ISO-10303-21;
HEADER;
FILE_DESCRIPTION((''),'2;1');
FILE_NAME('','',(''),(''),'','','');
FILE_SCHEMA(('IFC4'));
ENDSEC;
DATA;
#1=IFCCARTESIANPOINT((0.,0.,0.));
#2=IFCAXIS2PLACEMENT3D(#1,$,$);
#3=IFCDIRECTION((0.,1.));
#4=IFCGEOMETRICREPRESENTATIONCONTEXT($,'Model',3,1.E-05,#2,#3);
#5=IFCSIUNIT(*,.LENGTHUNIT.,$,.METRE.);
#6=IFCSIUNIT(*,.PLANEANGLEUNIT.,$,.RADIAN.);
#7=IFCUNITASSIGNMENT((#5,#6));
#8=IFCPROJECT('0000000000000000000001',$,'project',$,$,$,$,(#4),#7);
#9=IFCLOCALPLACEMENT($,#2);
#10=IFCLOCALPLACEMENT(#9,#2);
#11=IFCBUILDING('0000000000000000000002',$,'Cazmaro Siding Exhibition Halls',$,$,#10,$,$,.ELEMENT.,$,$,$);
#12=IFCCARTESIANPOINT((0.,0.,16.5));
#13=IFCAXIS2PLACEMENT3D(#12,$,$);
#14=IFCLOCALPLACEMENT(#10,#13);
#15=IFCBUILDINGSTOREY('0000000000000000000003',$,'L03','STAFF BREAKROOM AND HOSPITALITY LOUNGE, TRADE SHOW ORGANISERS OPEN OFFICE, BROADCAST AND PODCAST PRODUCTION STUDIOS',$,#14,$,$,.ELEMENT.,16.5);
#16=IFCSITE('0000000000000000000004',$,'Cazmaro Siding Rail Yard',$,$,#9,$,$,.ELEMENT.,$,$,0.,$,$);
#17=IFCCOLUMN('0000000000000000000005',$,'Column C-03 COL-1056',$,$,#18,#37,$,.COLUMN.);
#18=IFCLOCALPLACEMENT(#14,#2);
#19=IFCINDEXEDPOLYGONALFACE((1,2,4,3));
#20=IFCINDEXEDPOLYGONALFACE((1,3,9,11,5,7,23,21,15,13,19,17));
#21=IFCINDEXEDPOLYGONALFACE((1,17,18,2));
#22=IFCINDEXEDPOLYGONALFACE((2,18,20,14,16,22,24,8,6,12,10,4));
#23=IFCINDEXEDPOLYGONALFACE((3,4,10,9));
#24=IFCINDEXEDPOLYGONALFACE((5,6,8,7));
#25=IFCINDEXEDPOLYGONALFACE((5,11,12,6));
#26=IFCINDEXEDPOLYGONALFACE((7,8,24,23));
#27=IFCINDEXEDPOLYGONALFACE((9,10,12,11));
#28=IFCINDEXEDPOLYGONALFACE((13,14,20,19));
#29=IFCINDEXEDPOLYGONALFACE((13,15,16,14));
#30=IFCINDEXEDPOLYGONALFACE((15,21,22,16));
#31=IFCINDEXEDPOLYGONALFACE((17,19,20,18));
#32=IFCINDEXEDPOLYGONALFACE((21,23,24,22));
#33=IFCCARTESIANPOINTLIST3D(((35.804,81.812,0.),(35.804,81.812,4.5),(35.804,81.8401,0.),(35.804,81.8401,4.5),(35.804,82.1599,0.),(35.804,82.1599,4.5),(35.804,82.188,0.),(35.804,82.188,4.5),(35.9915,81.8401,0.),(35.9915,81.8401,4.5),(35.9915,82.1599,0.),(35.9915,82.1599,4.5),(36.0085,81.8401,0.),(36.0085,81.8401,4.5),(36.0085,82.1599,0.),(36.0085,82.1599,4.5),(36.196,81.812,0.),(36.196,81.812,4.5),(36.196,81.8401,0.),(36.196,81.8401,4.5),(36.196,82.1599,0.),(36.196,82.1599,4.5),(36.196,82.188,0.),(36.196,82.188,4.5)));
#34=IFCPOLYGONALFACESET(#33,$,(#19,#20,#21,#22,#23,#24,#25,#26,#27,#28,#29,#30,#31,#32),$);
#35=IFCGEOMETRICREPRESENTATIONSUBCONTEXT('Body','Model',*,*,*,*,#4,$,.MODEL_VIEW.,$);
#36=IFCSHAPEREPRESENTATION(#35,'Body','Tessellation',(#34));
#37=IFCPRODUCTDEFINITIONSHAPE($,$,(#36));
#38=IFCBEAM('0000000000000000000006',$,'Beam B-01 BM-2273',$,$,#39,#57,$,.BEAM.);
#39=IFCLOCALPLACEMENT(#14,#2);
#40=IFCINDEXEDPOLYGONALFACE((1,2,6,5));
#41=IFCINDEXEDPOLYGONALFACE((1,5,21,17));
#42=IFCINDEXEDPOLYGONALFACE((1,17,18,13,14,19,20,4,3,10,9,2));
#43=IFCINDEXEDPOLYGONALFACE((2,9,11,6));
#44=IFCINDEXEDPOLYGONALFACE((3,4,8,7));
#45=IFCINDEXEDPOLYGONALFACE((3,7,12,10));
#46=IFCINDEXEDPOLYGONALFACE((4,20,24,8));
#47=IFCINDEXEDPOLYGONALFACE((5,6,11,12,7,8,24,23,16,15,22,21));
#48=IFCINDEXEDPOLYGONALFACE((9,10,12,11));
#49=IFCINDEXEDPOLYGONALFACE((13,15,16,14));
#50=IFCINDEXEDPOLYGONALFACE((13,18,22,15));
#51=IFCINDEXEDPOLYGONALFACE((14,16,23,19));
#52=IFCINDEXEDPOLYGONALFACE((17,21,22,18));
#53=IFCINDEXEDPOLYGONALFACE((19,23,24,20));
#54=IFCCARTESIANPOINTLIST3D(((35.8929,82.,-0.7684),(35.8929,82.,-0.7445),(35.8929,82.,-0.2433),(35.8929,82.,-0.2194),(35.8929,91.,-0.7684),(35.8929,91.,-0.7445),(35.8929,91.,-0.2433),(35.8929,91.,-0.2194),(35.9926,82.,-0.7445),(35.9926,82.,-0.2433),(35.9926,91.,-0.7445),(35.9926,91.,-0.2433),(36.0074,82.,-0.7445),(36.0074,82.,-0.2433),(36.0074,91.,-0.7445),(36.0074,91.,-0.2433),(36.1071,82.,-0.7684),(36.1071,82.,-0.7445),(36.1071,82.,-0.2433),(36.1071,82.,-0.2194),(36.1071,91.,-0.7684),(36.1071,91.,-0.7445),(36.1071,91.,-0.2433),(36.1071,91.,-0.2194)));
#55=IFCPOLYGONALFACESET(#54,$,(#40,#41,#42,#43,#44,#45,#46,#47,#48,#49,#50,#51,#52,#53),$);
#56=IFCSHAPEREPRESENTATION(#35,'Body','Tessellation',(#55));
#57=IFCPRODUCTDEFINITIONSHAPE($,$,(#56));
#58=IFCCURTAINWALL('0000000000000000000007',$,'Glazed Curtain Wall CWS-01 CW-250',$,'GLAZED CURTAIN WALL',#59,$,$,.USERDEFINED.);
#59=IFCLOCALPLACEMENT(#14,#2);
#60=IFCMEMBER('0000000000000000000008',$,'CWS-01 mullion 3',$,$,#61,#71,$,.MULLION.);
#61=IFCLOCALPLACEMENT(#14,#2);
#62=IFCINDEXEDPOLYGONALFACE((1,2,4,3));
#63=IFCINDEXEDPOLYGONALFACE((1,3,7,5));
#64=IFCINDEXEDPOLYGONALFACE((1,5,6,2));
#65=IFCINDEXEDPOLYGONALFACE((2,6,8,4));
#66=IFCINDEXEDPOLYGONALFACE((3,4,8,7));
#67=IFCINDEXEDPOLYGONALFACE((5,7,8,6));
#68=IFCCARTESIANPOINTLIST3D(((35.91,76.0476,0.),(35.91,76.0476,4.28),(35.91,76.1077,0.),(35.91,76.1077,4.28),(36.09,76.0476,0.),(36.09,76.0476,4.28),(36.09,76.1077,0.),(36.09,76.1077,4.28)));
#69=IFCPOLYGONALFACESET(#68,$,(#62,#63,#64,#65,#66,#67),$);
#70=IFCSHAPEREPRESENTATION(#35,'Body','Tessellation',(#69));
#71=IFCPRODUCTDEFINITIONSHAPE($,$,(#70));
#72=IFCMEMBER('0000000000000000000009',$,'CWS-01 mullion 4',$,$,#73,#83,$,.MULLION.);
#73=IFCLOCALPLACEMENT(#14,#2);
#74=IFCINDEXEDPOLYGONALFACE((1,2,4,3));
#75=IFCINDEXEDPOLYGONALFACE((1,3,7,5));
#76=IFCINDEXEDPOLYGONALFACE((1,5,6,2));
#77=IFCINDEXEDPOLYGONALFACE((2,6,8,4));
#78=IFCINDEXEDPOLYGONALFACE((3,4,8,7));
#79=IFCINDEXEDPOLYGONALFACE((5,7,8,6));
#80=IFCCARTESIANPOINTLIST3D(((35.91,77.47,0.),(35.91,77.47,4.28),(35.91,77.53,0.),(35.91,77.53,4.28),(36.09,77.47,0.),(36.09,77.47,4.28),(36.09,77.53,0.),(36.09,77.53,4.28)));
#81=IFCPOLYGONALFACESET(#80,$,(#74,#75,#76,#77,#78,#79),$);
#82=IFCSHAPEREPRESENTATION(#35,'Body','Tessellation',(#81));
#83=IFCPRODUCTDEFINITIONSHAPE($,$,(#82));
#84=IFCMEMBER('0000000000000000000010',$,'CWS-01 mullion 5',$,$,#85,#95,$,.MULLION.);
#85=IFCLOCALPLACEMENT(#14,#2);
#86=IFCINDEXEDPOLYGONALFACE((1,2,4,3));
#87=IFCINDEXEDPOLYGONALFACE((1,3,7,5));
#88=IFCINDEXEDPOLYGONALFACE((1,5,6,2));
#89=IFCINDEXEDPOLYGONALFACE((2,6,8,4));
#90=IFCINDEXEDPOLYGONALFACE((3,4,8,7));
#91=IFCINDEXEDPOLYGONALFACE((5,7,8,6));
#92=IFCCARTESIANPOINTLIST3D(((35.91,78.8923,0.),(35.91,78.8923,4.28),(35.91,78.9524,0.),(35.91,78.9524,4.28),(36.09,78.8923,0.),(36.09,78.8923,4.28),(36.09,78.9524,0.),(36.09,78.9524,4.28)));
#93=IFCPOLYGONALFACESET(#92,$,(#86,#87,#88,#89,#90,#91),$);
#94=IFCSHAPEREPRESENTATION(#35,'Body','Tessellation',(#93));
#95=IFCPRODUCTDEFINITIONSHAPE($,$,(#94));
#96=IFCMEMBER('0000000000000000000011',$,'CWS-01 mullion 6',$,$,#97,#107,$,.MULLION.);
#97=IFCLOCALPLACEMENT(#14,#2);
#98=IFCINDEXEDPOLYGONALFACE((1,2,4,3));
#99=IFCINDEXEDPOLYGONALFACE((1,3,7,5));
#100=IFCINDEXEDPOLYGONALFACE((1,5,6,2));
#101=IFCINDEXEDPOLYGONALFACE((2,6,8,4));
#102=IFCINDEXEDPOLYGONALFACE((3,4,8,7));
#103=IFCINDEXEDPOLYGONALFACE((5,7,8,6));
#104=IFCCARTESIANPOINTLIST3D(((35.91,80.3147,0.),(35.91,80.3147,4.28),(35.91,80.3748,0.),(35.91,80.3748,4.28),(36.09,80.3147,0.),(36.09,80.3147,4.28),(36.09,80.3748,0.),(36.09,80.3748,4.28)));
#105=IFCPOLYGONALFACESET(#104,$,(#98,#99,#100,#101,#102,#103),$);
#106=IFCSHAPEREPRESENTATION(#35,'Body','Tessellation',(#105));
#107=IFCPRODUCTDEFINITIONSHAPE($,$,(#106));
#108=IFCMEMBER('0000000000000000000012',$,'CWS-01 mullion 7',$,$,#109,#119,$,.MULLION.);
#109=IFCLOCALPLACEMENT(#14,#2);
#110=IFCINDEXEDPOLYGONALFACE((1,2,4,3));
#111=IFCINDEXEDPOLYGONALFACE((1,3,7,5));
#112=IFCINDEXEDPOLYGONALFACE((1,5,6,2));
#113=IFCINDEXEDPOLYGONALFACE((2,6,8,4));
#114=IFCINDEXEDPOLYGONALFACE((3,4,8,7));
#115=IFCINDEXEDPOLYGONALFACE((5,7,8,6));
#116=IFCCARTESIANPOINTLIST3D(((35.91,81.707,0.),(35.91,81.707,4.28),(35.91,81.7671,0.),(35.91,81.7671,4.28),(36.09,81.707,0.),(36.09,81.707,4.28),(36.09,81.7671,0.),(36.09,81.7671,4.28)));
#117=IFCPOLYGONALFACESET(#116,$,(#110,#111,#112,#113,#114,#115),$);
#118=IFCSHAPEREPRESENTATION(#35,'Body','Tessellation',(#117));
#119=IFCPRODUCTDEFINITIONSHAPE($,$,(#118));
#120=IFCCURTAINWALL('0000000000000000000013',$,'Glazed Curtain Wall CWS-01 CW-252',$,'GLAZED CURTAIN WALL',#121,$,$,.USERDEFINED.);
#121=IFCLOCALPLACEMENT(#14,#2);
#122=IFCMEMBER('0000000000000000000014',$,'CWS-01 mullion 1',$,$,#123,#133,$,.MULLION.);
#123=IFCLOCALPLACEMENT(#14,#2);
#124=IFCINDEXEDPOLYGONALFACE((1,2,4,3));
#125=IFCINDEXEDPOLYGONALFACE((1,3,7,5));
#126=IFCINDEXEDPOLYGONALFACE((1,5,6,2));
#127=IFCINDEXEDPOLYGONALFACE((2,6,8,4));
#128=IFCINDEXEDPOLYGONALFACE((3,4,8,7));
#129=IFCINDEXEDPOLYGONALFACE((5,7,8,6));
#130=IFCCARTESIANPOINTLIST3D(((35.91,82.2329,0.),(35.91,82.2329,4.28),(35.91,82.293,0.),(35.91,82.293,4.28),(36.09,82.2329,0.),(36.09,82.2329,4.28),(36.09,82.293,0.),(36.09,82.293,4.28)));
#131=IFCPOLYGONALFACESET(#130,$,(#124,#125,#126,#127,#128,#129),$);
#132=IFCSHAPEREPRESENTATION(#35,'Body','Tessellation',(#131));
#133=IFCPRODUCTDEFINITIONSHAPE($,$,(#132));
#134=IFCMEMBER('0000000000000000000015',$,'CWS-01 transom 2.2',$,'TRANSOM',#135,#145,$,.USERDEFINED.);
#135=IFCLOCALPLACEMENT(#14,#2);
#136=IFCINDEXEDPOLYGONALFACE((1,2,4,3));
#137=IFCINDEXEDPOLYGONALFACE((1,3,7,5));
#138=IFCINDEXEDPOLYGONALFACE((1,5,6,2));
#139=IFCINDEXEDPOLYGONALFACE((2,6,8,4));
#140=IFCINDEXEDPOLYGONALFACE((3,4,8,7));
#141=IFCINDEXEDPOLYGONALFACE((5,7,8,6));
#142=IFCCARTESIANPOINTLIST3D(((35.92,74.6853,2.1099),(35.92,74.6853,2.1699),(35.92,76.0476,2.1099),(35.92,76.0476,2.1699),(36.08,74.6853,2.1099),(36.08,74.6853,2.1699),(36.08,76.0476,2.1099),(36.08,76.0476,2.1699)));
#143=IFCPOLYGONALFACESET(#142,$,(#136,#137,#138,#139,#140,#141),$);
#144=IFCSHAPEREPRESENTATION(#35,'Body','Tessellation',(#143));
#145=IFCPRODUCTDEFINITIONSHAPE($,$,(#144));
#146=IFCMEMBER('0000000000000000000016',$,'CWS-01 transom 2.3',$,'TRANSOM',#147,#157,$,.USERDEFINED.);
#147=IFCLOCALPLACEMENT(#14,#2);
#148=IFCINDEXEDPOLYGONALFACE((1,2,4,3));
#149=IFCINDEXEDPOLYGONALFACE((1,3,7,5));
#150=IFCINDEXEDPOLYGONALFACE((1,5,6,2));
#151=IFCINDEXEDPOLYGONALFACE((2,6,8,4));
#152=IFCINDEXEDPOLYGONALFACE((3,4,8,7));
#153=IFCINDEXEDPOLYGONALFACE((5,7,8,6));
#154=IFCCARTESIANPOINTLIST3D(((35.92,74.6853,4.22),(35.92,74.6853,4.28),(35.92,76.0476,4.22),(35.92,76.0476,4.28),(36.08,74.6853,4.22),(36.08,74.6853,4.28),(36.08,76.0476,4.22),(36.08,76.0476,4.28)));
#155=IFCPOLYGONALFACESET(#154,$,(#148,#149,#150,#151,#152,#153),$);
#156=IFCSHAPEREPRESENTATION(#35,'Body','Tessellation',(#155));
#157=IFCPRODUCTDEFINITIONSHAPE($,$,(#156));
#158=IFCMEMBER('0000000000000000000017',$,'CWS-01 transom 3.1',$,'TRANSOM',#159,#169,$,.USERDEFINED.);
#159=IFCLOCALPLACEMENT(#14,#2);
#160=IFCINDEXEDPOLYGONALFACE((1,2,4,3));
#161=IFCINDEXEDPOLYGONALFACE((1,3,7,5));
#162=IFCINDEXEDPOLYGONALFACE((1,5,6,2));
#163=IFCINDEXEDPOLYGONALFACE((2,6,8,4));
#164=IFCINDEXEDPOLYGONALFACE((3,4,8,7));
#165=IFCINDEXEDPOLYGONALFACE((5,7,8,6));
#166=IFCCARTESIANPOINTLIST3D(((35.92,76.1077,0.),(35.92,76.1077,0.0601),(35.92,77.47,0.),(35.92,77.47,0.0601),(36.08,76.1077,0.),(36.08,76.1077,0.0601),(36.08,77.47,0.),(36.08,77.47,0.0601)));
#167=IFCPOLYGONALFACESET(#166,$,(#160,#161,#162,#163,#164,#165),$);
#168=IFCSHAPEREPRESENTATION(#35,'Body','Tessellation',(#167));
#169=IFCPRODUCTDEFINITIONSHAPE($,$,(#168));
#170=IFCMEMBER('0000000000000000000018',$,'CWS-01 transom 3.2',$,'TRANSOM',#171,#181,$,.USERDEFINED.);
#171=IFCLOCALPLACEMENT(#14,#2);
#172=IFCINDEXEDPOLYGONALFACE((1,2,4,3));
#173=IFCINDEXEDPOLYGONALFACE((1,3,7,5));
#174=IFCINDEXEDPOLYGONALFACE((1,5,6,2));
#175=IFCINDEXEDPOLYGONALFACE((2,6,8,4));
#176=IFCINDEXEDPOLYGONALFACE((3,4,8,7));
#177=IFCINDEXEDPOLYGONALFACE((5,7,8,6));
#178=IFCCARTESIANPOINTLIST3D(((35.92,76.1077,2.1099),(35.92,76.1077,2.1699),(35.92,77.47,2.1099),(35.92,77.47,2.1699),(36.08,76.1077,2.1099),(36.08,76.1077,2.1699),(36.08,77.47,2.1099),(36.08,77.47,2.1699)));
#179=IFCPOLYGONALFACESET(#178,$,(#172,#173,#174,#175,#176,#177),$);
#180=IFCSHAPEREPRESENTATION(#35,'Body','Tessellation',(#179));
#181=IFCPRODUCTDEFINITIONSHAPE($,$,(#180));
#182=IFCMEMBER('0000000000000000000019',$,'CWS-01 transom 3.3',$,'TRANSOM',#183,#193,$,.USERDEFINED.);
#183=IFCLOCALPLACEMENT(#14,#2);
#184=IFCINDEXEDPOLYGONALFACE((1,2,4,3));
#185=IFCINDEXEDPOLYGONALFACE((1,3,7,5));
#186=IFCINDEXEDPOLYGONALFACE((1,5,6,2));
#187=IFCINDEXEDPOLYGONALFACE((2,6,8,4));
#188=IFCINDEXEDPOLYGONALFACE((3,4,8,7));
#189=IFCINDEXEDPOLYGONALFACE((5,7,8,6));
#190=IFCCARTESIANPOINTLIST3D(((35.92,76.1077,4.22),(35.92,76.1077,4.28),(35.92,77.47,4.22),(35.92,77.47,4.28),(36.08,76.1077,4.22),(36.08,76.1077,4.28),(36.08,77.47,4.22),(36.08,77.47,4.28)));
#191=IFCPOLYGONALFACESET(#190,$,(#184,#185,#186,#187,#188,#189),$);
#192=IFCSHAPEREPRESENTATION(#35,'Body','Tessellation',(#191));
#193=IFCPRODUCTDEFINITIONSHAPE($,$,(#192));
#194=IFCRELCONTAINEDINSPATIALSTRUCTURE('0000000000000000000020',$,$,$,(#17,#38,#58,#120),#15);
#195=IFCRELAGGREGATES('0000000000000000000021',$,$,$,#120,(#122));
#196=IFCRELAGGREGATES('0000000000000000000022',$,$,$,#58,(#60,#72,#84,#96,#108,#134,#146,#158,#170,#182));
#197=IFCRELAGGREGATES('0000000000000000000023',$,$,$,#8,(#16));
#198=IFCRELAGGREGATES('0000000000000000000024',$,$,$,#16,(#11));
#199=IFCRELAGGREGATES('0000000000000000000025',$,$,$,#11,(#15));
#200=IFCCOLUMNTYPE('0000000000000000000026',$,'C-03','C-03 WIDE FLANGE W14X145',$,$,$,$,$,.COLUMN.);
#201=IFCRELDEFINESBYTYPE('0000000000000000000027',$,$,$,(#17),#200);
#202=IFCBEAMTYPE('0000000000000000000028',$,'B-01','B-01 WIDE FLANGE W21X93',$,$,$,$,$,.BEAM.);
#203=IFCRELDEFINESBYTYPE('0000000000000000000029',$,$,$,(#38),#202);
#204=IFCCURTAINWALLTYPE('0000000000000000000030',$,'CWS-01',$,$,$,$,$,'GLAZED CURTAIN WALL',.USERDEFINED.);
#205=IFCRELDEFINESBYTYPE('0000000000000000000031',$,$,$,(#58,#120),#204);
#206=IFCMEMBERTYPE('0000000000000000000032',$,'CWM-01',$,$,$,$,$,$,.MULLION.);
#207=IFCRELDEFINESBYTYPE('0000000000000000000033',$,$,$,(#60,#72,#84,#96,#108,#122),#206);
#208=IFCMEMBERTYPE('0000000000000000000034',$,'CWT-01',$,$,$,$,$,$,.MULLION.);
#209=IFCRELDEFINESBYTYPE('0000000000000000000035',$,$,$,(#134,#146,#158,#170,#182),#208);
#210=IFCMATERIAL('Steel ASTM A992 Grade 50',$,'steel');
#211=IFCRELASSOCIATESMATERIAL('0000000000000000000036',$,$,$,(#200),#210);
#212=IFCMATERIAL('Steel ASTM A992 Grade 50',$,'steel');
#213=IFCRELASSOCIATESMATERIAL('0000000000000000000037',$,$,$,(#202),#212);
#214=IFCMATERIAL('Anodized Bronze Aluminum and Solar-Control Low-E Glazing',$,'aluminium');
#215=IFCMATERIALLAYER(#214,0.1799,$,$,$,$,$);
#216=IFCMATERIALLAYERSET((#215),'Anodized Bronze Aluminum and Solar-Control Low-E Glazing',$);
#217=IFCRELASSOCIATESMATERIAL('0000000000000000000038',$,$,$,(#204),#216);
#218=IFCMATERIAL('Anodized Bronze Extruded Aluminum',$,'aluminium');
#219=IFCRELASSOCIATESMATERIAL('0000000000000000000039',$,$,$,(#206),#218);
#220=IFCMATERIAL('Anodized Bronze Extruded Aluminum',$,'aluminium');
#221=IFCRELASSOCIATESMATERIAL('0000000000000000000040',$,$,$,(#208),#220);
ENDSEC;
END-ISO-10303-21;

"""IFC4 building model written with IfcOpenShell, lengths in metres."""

from ifc_helpers import new_model, si_unit, direction, frame, origin, origin_2d, place, context, subcontext, project, spatial, rectangle, i_section, extrude, material, layer, layer_set, material_profile, profile_set, type_object, element, aggregate, save


model = new_model("IFC4")

# Units and contexts
model_context = context("Model", 3, precision=1e-05, world=origin(), true_north=direction((0.0, 1.0)))
body_context = subcontext(model_context, "Body", "Model", "MODEL_VIEW")
ifc_project = project(units=[si_unit("LENGTHUNIT", "METRE"), si_unit("PLANEANGLEUNIT", "RADIAN")], contexts=[model_context])

# Site, building, storey
site_placement = place(None, origin())
site = spatial("IfcSite", under=ifc_project, at=site_placement, Name="Cazmaro Siding Rail Yard", CompositionType="ELEMENT", RefElevation=0.0)
building_placement = place(site_placement, origin())
building = spatial("IfcBuilding", under=site, at=building_placement, Name="Cazmaro Siding Exhibition Halls", CompositionType="ELEMENT")
storey_placement = place(building_placement, frame((0.0, 0.0, 16.5)))
storey = spatial("IfcBuildingStorey", under=building, at=storey_placement, Name="L03", Description="STAFF BREAKROOM AND HOSPITALITY LOUNGE, TRADE SHOW ORGANISERS OPEN OFFICE, BROADCAST AND PODCAST PRODUCTION STUDIOS", CompositionType="ELEMENT", Elevation=16.5)

# Column
ifc_material_1 = material(Name="Steel ASTM A992 Grade 50", Category="steel")
ifc_material_profile_1 = material_profile(ifc_material_1, i_section(OverallWidth=0.3921, OverallDepth=0.376, WebThickness=0.0171, FlangeThickness=0.0281, at=origin_2d()), Name="W14X145")
ifc_profile_set_1 = profile_set([ifc_material_profile_1], Name="Steel ASTM A992 Grade 50")
column_type = type_object("IfcColumnType", Name="C-03", Description="C-03 WIDE FLANGE W14X145", PredefinedType="COLUMN", material=ifc_profile_set_1)
column_placement = place(storey_placement, frame((36.0, 82.0, 0.0), z_axis=(0.0, 0.0, 1.0), x_axis=(1.0, 0.0, 0.0)))
element("IfcColumn", 1, at=column_placement, inside=storey, type_object=column_type, Name="Column C-03 COL-1056", PredefinedType="COLUMN", context=body_context, shape_type="SweptSolid", body=[
    extrude(i_section(OverallWidth=0.3921, OverallDepth=0.376, WebThickness=0.0171, FlangeThickness=0.0281, at=origin_2d()), origin(), (0.0, 0.0, 1.0), 4.5),
])

# Beam
ifc_material_2 = material(Name="Steel ASTM A992 Grade 50", Category="steel")
ifc_material_profile_2 = material_profile(ifc_material_2, i_section(OverallWidth=0.2141, OverallDepth=0.5491, WebThickness=0.0149, FlangeThickness=0.0239, at=origin_2d()), Name="W21X93")
ifc_profile_set_2 = profile_set([ifc_material_profile_2], Name="Steel ASTM A992 Grade 50")
beam_type = type_object("IfcBeamType", Name="B-01", Description="B-01 WIDE FLANGE W21X93", PredefinedType="BEAM", material=ifc_profile_set_2)
beam_placement = place(storey_placement, frame((36.0, 82.0, -0.4939), z_axis=(0.0, 1.0, 0.0), x_axis=(-1.0, 0.0, 0.0)))
element("IfcBeam", 2, at=beam_placement, inside=storey, type_object=beam_type, Name="Beam B-01 BM-2273", PredefinedType="BEAM", context=body_context, shape_type="SweptSolid", body=[
    extrude(i_section(OverallWidth=0.2141, OverallDepth=0.5491, WebThickness=0.0149, FlangeThickness=0.0239, at=origin_2d()), origin(), (0.0, 0.0, 1.0), 9.0),
])

# Curtain wall, members
ifc_material_3 = material(Name="Anodized Bronze Aluminum and Solar-Control Low-E Glazing", Category="aluminium")
ifc_layer_1 = layer(ifc_material_3, 0.1799)
ifc_layer_set_1 = layer_set([ifc_layer_1], Name="Anodized Bronze Aluminum and Solar-Control Low-E Glazing")
curtain_wall_type = type_object("IfcCurtainWallType", Name="CWS-01", ElementType="GLAZED CURTAIN WALL", PredefinedType="USERDEFINED", material=ifc_layer_set_1)
curtain_wall_1_placement = place(storey_placement, origin())
curtain_wall_1 = element("IfcCurtainWall", 3, at=curtain_wall_1_placement, inside=storey, type_object=curtain_wall_type, Name="Glazed Curtain Wall CWS-01 CW-250", ObjectType="GLAZED CURTAIN WALL", PredefinedType="USERDEFINED")
ifc_material_4 = material(Name="Anodized Bronze Extruded Aluminum", Category="aluminium")
ifc_material_profile_3 = material_profile(ifc_material_4, rectangle(XDim=0.1799, YDim=0.0601, at=origin_2d()), Name="CWM-01")
ifc_profile_set_3 = profile_set([ifc_material_profile_3], Name="Anodized Bronze Extruded Aluminum")
member_type_1 = type_object("IfcMemberType", Name="CWM-01", PredefinedType="MULLION", material=ifc_profile_set_3)
member_1_placement = place(storey_placement, frame((36.0, 76.0776, 0.0), z_axis=(0.0, 0.0, 1.0), x_axis=(-1.0, 0.0, 0.0)))
member_1 = element("IfcMember", 4, at=member_1_placement, type_object=member_type_1, Name="CWS-01 mullion 3", PredefinedType="MULLION", context=body_context, shape_type="SweptSolid", body=[
    extrude(rectangle(XDim=0.1799, YDim=0.0601, at=origin_2d()), origin(), (0.0, 0.0, 1.0), 4.28),
])
member_2_placement = place(storey_placement, frame((36.0, 77.5, 0.0), z_axis=(0.0, 0.0, 1.0), x_axis=(-1.0, 0.0, 0.0)))
member_2 = element("IfcMember", 5, at=member_2_placement, type_object=member_type_1, Name="CWS-01 mullion 4", PredefinedType="MULLION", context=body_context, shape_type="SweptSolid", body=[
    extrude(rectangle(XDim=0.1799, YDim=0.0601, at=origin_2d()), origin(), (0.0, 0.0, 1.0), 4.28),
])
member_3_placement = place(storey_placement, frame((36.0, 78.9224, 0.0), z_axis=(0.0, 0.0, 1.0), x_axis=(-1.0, 0.0, 0.0)))
member_3 = element("IfcMember", 6, at=member_3_placement, type_object=member_type_1, Name="CWS-01 mullion 5", PredefinedType="MULLION", context=body_context, shape_type="SweptSolid", body=[
    extrude(rectangle(XDim=0.1799, YDim=0.0601, at=origin_2d()), origin(), (0.0, 0.0, 1.0), 4.28),
])
member_4_placement = place(storey_placement, frame((36.0, 80.3447, 0.0), z_axis=(0.0, 0.0, 1.0), x_axis=(-1.0, 0.0, 0.0)))
member_4 = element("IfcMember", 7, at=member_4_placement, type_object=member_type_1, Name="CWS-01 mullion 6", PredefinedType="MULLION", context=body_context, shape_type="SweptSolid", body=[
    extrude(rectangle(XDim=0.1799, YDim=0.0601, at=origin_2d()), origin(), (0.0, 0.0, 1.0), 4.28),
])
member_5_placement = place(storey_placement, frame((36.0, 81.7371, 0.0), z_axis=(0.0, 0.0, 1.0), x_axis=(-1.0, 0.0, 0.0)))
member_5 = element("IfcMember", 8, at=member_5_placement, type_object=member_type_1, Name="CWS-01 mullion 7", PredefinedType="MULLION", context=body_context, shape_type="SweptSolid", body=[
    extrude(rectangle(XDim=0.1799, YDim=0.0601, at=origin_2d()), origin(), (0.0, 0.0, 1.0), 4.28),
])

# Curtain wall, member
curtain_wall_2_placement = place(storey_placement, origin())
curtain_wall_2 = element("IfcCurtainWall", 9, at=curtain_wall_2_placement, inside=storey, type_object=curtain_wall_type, Name="Glazed Curtain Wall CWS-01 CW-252", ObjectType="GLAZED CURTAIN WALL", PredefinedType="USERDEFINED")
member_6_placement = place(storey_placement, frame((36.0, 82.2629, 0.0), z_axis=(0.0, 0.0, 1.0), x_axis=(-1.0, 0.0, 0.0)))
member_6 = element("IfcMember", 10, at=member_6_placement, type_object=member_type_1, Name="CWS-01 mullion 1", PredefinedType="MULLION", context=body_context, shape_type="SweptSolid", body=[
    extrude(rectangle(XDim=0.1799, YDim=0.0601, at=origin_2d()), origin(), (0.0, 0.0, 1.0), 4.28),
])

# Members
ifc_material_5 = material(Name="Anodized Bronze Extruded Aluminum", Category="aluminium")
ifc_material_profile_4 = material_profile(ifc_material_5, rectangle(XDim=0.1599, YDim=0.0601, at=origin_2d()), Name="CWT-01")
ifc_profile_set_4 = profile_set([ifc_material_profile_4], Name="Anodized Bronze Extruded Aluminum")
member_type_2 = type_object("IfcMemberType", Name="CWT-01", PredefinedType="MULLION", material=ifc_profile_set_4)
member_7_placement = place(storey_placement, frame((36.0, 74.6853, 2.1399), z_axis=(0.0, 1.0, 0.0), x_axis=(-1.0, 0.0, 0.0)))
member_7 = element("IfcMember", 11, at=member_7_placement, type_object=member_type_2, Name="CWS-01 transom 2.2", ObjectType="TRANSOM", PredefinedType="USERDEFINED", context=body_context, shape_type="SweptSolid", body=[
    extrude(rectangle(XDim=0.1599, YDim=0.0601, at=origin_2d()), origin(), (0.0, 0.0, 1.0), 1.3623),
])
member_8_placement = place(storey_placement, frame((36.0, 74.6853, 4.25), z_axis=(0.0, 1.0, 0.0), x_axis=(-1.0, 0.0, 0.0)))
member_8 = element("IfcMember", 12, at=member_8_placement, type_object=member_type_2, Name="CWS-01 transom 2.3", ObjectType="TRANSOM", PredefinedType="USERDEFINED", context=body_context, shape_type="SweptSolid", body=[
    extrude(rectangle(XDim=0.1599, YDim=0.0601, at=origin_2d()), origin(), (0.0, 0.0, 1.0), 1.3623),
])
member_9_placement = place(storey_placement, frame((36.0, 76.1077, 0.03), z_axis=(0.0, 1.0, 0.0), x_axis=(-1.0, 0.0, 0.0)))
member_9 = element("IfcMember", 13, at=member_9_placement, type_object=member_type_2, Name="CWS-01 transom 3.1", ObjectType="TRANSOM", PredefinedType="USERDEFINED", context=body_context, shape_type="SweptSolid", body=[
    extrude(rectangle(XDim=0.1599, YDim=0.0601, at=origin_2d()), origin(), (0.0, 0.0, 1.0), 1.3623),
])
member_10_placement = place(storey_placement, frame((36.0, 76.1077, 2.1399), z_axis=(0.0, 1.0, 0.0), x_axis=(-1.0, 0.0, 0.0)))
member_10 = element("IfcMember", 14, at=member_10_placement, type_object=member_type_2, Name="CWS-01 transom 3.2", ObjectType="TRANSOM", PredefinedType="USERDEFINED", context=body_context, shape_type="SweptSolid", body=[
    extrude(rectangle(XDim=0.1599, YDim=0.0601, at=origin_2d()), origin(), (0.0, 0.0, 1.0), 1.3623),
])
member_11_placement = place(storey_placement, frame((36.0, 76.1077, 4.25), z_axis=(0.0, 1.0, 0.0), x_axis=(-1.0, 0.0, 0.0)))
member_11 = element("IfcMember", 15, at=member_11_placement, type_object=member_type_2, Name="CWS-01 transom 3.3", ObjectType="TRANSOM", PredefinedType="USERDEFINED", context=body_context, shape_type="SweptSolid", body=[
    extrude(rectangle(XDim=0.1599, YDim=0.0601, at=origin_2d()), origin(), (0.0, 0.0, 1.0), 1.3623),
])
aggregate(curtain_wall_2, [member_6])

aggregate(curtain_wall_1, [member_1, member_2, member_3, member_4, member_5, member_7, member_8, member_9, member_10, member_11])

save(model, "model.ifc")
